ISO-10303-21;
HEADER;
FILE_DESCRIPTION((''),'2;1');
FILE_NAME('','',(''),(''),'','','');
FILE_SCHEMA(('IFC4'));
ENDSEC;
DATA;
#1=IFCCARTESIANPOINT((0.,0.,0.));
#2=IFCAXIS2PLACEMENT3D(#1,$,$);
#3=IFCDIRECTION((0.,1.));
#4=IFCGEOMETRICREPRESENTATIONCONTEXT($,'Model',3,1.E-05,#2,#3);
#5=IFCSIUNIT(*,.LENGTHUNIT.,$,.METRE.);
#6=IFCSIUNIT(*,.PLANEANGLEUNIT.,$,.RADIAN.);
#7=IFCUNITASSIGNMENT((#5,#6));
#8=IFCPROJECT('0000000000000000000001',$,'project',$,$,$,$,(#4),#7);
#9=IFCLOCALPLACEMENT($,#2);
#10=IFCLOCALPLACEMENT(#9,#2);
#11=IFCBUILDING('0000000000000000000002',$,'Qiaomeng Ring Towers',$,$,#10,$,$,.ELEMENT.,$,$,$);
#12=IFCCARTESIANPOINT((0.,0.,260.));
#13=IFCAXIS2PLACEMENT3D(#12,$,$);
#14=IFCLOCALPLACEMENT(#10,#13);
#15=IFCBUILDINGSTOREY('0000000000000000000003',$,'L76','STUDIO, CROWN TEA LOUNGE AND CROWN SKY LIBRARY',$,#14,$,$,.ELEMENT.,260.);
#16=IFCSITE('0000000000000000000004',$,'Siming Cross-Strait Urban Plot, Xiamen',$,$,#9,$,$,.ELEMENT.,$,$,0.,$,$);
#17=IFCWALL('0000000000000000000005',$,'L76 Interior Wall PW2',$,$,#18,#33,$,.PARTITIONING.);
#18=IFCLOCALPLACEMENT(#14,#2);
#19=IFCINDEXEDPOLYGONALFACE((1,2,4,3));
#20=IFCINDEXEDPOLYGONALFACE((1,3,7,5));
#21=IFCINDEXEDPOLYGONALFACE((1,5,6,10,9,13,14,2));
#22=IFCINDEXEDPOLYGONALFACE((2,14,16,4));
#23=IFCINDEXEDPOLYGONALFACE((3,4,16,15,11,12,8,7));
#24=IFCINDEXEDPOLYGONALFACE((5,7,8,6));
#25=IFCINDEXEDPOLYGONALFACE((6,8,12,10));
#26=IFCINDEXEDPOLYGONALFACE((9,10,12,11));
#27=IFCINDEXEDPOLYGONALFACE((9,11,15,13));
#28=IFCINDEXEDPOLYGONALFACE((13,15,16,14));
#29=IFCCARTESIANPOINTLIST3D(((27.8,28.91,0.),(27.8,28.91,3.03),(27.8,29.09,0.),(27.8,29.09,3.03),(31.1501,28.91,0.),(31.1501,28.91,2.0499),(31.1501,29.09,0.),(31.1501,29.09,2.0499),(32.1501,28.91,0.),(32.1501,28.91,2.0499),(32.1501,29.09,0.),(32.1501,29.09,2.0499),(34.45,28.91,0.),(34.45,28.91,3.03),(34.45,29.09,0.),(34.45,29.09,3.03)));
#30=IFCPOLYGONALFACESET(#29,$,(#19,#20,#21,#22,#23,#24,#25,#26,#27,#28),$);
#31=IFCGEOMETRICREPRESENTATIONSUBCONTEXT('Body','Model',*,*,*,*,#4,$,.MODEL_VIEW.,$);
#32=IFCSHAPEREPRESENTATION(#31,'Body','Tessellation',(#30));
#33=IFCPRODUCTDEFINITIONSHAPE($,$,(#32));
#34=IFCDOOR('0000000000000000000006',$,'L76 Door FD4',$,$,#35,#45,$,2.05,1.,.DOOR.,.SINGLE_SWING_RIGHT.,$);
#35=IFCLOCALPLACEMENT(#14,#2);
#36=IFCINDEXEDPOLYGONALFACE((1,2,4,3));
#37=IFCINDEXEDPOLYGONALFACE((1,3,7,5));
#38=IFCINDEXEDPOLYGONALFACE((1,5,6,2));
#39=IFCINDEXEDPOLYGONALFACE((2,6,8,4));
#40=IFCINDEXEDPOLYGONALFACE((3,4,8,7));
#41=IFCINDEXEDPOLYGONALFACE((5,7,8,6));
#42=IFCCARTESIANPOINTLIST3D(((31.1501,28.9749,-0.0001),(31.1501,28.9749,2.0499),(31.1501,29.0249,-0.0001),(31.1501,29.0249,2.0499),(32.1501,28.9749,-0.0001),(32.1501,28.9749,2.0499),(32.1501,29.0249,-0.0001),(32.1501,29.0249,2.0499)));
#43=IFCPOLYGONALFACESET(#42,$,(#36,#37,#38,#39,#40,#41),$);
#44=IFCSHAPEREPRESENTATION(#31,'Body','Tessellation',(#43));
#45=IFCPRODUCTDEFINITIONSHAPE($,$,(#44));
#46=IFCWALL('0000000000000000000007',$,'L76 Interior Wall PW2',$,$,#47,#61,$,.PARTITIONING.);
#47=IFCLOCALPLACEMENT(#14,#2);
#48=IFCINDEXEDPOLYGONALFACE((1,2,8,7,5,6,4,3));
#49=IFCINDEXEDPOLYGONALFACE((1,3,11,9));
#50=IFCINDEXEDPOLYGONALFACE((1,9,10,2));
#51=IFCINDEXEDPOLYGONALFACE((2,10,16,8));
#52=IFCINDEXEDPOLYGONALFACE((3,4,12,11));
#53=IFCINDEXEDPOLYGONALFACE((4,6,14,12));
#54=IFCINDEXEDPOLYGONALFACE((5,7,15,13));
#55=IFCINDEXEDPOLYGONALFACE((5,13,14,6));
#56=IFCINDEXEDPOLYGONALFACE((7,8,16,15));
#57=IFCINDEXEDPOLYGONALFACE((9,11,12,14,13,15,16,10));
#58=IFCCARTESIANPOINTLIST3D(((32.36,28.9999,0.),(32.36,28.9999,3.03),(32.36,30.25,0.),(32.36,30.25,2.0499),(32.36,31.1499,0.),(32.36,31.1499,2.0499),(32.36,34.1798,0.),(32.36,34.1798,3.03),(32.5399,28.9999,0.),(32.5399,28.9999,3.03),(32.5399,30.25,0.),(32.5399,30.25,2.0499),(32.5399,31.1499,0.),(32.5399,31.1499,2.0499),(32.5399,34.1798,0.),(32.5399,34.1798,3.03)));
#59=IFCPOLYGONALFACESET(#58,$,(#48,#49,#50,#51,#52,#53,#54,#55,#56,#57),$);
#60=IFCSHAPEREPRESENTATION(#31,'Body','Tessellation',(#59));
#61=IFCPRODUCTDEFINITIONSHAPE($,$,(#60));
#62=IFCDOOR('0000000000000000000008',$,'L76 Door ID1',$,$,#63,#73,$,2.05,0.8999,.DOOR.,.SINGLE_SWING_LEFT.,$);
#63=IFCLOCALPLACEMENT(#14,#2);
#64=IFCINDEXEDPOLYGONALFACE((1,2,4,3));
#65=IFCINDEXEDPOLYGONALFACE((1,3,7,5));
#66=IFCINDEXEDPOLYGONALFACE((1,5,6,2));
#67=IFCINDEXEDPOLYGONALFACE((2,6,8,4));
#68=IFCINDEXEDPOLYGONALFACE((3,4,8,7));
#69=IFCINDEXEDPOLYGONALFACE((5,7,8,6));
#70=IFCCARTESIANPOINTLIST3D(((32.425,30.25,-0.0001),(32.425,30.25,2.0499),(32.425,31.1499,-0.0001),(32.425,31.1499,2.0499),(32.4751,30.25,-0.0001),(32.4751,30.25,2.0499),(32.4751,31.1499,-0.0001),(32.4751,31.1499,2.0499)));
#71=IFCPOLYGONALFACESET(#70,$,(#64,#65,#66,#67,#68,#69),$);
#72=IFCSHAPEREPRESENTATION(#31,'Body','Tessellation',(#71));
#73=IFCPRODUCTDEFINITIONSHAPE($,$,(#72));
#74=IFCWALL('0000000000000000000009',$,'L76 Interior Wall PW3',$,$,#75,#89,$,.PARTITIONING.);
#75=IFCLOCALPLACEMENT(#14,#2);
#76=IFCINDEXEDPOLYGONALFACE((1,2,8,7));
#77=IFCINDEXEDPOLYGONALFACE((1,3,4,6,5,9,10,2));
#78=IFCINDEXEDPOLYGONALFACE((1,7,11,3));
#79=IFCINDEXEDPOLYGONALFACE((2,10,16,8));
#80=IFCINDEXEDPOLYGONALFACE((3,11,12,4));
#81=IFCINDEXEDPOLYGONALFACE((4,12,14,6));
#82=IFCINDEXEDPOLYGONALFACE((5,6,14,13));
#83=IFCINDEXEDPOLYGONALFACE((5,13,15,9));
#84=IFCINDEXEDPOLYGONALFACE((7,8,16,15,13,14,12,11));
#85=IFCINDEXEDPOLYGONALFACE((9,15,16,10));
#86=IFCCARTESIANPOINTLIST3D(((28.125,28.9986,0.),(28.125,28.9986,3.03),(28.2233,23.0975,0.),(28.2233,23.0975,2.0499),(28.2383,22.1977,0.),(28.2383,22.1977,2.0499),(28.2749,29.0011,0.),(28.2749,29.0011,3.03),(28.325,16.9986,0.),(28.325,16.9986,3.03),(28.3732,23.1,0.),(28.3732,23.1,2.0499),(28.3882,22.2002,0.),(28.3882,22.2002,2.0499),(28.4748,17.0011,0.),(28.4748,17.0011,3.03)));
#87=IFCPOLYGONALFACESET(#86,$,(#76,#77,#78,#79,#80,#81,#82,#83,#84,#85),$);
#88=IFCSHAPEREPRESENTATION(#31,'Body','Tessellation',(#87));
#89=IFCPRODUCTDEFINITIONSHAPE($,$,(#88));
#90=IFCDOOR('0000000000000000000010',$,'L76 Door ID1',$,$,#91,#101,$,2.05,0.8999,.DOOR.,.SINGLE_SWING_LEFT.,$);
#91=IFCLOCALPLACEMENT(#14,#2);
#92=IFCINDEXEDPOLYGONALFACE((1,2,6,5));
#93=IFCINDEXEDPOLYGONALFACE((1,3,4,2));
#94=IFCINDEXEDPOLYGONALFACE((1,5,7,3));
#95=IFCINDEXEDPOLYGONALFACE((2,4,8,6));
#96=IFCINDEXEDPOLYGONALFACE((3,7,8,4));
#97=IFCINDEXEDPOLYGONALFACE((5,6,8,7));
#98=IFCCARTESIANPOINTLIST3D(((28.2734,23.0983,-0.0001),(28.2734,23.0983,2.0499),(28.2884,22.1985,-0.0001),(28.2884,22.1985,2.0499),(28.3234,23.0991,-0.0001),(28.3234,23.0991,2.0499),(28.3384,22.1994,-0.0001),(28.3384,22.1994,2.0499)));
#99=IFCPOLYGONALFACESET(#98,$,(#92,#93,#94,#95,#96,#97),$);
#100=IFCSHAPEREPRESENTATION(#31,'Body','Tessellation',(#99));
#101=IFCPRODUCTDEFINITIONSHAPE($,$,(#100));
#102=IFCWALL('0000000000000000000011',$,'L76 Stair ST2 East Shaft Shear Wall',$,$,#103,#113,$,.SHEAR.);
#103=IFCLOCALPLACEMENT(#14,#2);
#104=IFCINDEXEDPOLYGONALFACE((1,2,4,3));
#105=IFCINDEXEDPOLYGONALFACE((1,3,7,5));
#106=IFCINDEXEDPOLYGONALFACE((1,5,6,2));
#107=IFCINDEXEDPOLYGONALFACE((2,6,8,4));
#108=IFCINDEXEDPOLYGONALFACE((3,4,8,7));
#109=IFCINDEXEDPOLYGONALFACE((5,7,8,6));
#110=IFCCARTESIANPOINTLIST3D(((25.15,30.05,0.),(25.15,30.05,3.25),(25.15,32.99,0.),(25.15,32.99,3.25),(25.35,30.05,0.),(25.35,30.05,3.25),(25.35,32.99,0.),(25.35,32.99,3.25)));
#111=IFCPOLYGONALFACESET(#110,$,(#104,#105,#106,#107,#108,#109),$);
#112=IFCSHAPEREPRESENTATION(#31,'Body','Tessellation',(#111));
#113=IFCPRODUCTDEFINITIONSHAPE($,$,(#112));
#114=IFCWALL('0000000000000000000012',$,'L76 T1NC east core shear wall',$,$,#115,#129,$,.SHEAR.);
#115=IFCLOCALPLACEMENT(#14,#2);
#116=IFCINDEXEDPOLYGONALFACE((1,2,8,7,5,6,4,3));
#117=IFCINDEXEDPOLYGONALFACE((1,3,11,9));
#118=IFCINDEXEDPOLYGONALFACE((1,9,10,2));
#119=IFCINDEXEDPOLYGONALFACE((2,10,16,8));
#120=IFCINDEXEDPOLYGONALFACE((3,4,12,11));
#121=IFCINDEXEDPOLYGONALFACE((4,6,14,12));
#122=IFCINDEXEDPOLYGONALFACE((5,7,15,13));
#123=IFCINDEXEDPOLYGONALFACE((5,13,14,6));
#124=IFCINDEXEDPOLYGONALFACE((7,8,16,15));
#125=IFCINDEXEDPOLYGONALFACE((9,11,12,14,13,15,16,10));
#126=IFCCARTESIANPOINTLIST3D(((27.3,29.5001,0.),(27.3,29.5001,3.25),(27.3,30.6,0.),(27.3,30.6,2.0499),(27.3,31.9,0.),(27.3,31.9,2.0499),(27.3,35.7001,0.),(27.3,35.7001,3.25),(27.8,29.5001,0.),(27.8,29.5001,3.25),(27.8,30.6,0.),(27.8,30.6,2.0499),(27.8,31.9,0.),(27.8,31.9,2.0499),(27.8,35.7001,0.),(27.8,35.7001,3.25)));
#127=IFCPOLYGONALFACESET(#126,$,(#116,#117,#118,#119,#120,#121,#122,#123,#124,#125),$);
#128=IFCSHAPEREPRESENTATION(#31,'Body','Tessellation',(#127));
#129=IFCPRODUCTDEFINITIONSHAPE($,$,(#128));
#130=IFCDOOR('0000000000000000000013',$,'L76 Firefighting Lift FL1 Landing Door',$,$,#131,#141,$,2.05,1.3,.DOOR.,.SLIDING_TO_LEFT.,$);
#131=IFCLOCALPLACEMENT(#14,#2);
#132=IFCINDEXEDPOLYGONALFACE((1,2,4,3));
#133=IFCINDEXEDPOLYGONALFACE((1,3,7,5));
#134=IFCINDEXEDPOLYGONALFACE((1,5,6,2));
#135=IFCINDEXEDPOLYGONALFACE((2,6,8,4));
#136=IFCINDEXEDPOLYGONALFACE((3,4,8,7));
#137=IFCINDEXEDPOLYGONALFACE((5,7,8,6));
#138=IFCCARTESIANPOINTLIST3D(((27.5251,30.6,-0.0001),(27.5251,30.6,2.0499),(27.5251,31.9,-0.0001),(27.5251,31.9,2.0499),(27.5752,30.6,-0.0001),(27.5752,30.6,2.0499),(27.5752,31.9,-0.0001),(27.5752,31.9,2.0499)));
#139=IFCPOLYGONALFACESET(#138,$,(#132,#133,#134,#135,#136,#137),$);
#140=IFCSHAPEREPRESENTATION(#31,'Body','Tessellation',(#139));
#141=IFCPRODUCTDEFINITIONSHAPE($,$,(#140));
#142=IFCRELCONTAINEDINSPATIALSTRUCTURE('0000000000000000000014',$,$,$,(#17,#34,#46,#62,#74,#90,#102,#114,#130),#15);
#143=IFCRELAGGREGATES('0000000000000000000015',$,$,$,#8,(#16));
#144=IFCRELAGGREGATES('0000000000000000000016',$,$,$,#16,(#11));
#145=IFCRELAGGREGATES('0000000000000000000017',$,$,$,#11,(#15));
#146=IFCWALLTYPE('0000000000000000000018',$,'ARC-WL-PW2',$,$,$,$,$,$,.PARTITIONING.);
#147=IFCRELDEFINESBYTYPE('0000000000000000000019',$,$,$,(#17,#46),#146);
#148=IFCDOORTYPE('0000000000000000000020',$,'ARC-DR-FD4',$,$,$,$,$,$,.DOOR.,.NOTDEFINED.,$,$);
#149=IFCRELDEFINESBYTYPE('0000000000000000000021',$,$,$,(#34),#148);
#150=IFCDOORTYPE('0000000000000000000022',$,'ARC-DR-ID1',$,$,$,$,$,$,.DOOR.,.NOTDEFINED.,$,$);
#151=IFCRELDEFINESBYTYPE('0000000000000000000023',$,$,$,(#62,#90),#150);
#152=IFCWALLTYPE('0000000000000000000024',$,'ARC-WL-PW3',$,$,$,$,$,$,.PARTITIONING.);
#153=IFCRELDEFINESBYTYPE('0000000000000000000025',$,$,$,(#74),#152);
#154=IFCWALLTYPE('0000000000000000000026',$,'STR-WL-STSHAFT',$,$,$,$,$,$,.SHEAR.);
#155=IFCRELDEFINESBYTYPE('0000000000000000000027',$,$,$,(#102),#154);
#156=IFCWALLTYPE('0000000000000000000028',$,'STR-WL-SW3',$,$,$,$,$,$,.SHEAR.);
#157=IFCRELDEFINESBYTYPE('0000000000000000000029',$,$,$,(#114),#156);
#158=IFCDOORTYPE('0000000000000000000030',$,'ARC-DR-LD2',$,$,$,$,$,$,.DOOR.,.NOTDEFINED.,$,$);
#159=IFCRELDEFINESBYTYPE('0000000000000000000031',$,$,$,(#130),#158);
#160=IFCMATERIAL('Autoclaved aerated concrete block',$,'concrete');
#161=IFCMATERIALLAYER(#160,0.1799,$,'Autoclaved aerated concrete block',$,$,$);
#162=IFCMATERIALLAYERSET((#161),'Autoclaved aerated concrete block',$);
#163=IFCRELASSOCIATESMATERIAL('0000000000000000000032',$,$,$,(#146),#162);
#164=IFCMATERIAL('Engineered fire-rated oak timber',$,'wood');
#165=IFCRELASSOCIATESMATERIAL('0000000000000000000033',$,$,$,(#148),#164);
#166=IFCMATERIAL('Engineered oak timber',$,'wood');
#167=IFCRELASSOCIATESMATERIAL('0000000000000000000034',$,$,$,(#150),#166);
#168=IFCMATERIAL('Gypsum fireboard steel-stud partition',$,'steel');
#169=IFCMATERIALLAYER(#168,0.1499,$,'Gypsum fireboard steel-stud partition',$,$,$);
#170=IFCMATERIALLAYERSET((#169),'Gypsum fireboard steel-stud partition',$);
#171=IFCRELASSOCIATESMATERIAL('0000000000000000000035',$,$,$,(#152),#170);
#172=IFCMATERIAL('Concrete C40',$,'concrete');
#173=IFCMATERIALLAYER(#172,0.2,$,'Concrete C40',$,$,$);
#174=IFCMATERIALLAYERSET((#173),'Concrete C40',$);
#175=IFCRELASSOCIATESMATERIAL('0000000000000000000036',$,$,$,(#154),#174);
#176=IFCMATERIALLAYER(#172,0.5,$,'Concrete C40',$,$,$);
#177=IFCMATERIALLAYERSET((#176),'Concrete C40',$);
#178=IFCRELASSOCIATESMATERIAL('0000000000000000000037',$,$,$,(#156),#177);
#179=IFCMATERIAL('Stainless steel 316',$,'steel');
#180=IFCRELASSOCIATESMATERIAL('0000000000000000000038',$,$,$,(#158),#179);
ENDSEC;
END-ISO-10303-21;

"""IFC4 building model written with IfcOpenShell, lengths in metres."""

from ifc_helpers import new_model, si_unit, direction, frame, frame_2d, origin, place, context, subcontext, project, spatial, rectangle, extrude, source, transform, mapped, material, layer, layer_set, type_object, element, fill, save


model = new_model("IFC4")

# Units and contexts
model_context = context("Model", 3, precision=1e-05, world=origin(), true_north=direction((0.0, 1.0)))
body_context = subcontext(model_context, "Body", "Model", "MODEL_VIEW")
ifc_project = project(units=[si_unit("LENGTHUNIT", "METRE"), si_unit("PLANEANGLEUNIT", "RADIAN")], contexts=[model_context])

# Site, building, storey
site_placement = place(None, origin())
site = spatial("IfcSite", under=ifc_project, at=site_placement, Name="Siming Cross-Strait Urban Plot, Xiamen", CompositionType="ELEMENT", RefElevation=0.0)
building_placement = place(site_placement, origin())
building = spatial("IfcBuilding", under=site, at=building_placement, Name="Qiaomeng Ring Towers", CompositionType="ELEMENT")
storey_placement = place(building_placement, frame((0.0, 0.0, 260.0)))
storey = spatial("IfcBuildingStorey", under=building, at=storey_placement, Name="L76", Description="STUDIO, CROWN TEA LOUNGE AND CROWN SKY LIBRARY", CompositionType="ELEMENT", Elevation=260.0)

# Shared definitions
ifc_material_1 = material(Name="Concrete C40", Category="concrete")

# Shared definitions
ifc_material_2 = material(Name="Stainless steel 316", Category="steel")

# Shared definitions
ifc_material_3 = material(Name="Autoclaved aerated concrete block", Category="concrete")

# Walls, openings, doors
ifc_layer_1 = layer(ifc_material_3, 0.1799, Name="Autoclaved aerated concrete block")
ifc_layer_set_1 = layer_set([ifc_layer_1], Name="Autoclaved aerated concrete block")
wall_type_1 = type_object("IfcWallType", Name="ARC-WL-PW2", PredefinedType="PARTITIONING", material=ifc_layer_set_1)
wall_1_placement = place(storey_placement, frame((27.8, 29.0, 0.0), z_axis=(0.0, 0.0, 1.0), x_axis=(1.0, 0.0, 0.0)))
wall_1 = element("IfcWall", 1, at=wall_1_placement, inside=storey, type_object=wall_type_1, Name="L76 Interior Wall PW2", PredefinedType="PARTITIONING", context=body_context, shape_type="SweptSolid", body=[
    extrude(rectangle(XDim=6.6499, YDim=0.1799, at=frame_2d((3.325, 0.0))), origin(), (0.0, 0.0, 1.0), 3.03),
])
opening_1_placement = place(wall_1_placement, frame((3.3501, 0.0, 0.0)))
opening_1 = element("IfcOpeningElement", 2, at=opening_1_placement, cuts=wall_1, PredefinedType="OPENING", context=body_context, shape_type="SweptSolid", body=[
    extrude(rectangle(XDim=1.0, YDim=2.05, at=frame_2d((0.5, 1.0249))), frame((0.0, 0.0999, 0.0), z_axis=(0.0, -1.0, 0.0), x_axis=(1.0, 0.0, 0.0)), (0.0, 0.0, 1.0), 0.2),
])
ifc_material_4 = material(Name="Engineered fire-rated oak timber", Category="wood")
door_type_1 = type_object("IfcDoorType", Name="ARC-DR-FD4", OperationType="NOTDEFINED", PredefinedType="DOOR", material=ifc_material_4)
shared_shape_1 = source(origin(), body_context, "Body", "SweptSolid", [
    extrude(rectangle(XDim=1.0, YDim=2.05, at=frame_2d((0.5, 1.0249))), frame((0.0, 0.0249, 0.0), z_axis=(0.0, -1.0, 0.0), x_axis=(1.0, 0.0, 0.0)), (0.0, 0.0, 1.0), 0.05),
])
door_1_placement = place(opening_1_placement, origin())
door_1 = element("IfcDoor", 3, at=door_1_placement, inside=storey, type_object=door_type_1, Name="L76 Door FD4", OperationType="SINGLE_SWING_RIGHT", OverallHeight=2.05, OverallWidth=1.0, PredefinedType="DOOR", context=body_context, shape_type="MappedRepresentation", body=[
    mapped(shared_shape_1, transform((0.0, 0.0, 0.0), x_axis=(1.0, 0.0, 0.0), y_axis=(0.0, 1.0, 0.0), z_axis=(0.0, 0.0, 1.0), scale=1.0)),
])
fill(opening_1, door_1)
wall_2_placement = place(storey_placement, frame((32.45, 29.0, 0.0), z_axis=(0.0, 0.0, 1.0), x_axis=(0.0, 1.0, 0.0)))
wall_2 = element("IfcWall", 4, at=wall_2_placement, inside=storey, type_object=wall_type_1, Name="L76 Interior Wall PW2", PredefinedType="PARTITIONING", context=body_context, shape_type="SweptSolid", body=[
    extrude(rectangle(XDim=5.1799, YDim=0.1799, at=frame_2d((2.5898, 0.0))), origin(), (0.0, 0.0, 1.0), 3.03),
])
opening_2_placement = place(wall_2_placement, frame((1.25, 0.0, 0.0)))
opening_2 = element("IfcOpeningElement", 5, at=opening_2_placement, cuts=wall_2, PredefinedType="OPENING", context=body_context, shape_type="SweptSolid", body=[
    extrude(rectangle(XDim=0.8999, YDim=2.05, at=frame_2d((0.45, 1.0249))), frame((0.0, 0.0999, 0.0), z_axis=(0.0, -1.0, 0.0), x_axis=(1.0, 0.0, 0.0)), (0.0, 0.0, 1.0), 0.2),
])
ifc_material_5 = material(Name="Engineered oak timber", Category="wood")
door_type_2 = type_object("IfcDoorType", Name="ARC-DR-ID1", OperationType="NOTDEFINED", PredefinedType="DOOR", material=ifc_material_5)
shared_shape_2 = source(origin(), body_context, "Body", "SweptSolid", [
    extrude(rectangle(XDim=0.8999, YDim=2.05, at=frame_2d((0.45, 1.0249))), frame((0.0, 0.0249, 0.0), z_axis=(0.0, -1.0, 0.0), x_axis=(1.0, 0.0, 0.0)), (0.0, 0.0, 1.0), 0.05),
])
door_2_placement = place(opening_2_placement, origin())
door_2 = element("IfcDoor", 6, at=door_2_placement, inside=storey, type_object=door_type_2, Name="L76 Door ID1", OperationType="SINGLE_SWING_LEFT", OverallHeight=2.05, OverallWidth=0.8999, PredefinedType="DOOR", context=body_context, shape_type="MappedRepresentation", body=[
    mapped(shared_shape_2, transform((0.0, 0.0, 0.0), x_axis=(1.0, 0.0, 0.0), y_axis=(0.0, 1.0, 0.0), z_axis=(0.0, 0.0, 1.0), scale=1.0)),
])
fill(opening_2, door_2)
ifc_material_6 = material(Name="Gypsum fireboard steel-stud partition", Category="steel")
ifc_layer_2 = layer(ifc_material_6, 0.1499, Name="Gypsum fireboard steel-stud partition")
ifc_layer_set_2 = layer_set([ifc_layer_2], Name="Gypsum fireboard steel-stud partition")
wall_type_2 = type_object("IfcWallType", Name="ARC-WL-PW3", PredefinedType="PARTITIONING", material=ifc_layer_set_2)
wall_3_placement = place(storey_placement, frame((28.2, 29.0, 0.0), z_axis=(0.0, 0.0, 1.0), x_axis=(0.01666, -0.999861, 0.0)))
wall_3 = element("IfcWall", 7, at=wall_3_placement, inside=storey, type_object=wall_type_2, Name="L76 Interior Wall PW3", PredefinedType="PARTITIONING", context=body_context, shape_type="SweptSolid", body=[
    extrude(rectangle(XDim=12.0017, YDim=0.1499, at=frame_2d((6.001, 0.0))), origin(), (0.0, 0.0, 1.0), 3.03),
])
opening_3_placement = place(wall_3_placement, frame((5.9021, 0.0, 0.0)))
opening_3 = element("IfcOpeningElement", 8, at=opening_3_placement, cuts=wall_3, PredefinedType="OPENING", context=body_context, shape_type="SweptSolid", body=[
    extrude(rectangle(XDim=0.8999, YDim=2.05, at=frame_2d((0.45, 1.0249))), frame((0.0, 0.085, 0.0), z_axis=(0.0, -1.0, 0.0), x_axis=(1.0, 0.0, 0.0)), (0.0, 0.0, 1.0), 0.1699),
])
door_3_placement = place(opening_3_placement, frame((0.8999, 0.0, 0.0), z_axis=(0.0, 0.0, 1.0), x_axis=(-1.0, 0.0, 0.0)))
door_3 = element("IfcDoor", 9, at=door_3_placement, inside=storey, type_object=door_type_2, Name="L76 Door ID1", OperationType="SINGLE_SWING_LEFT", OverallHeight=2.05, OverallWidth=0.8999, PredefinedType="DOOR", context=body_context, shape_type="MappedRepresentation", body=[
    mapped(shared_shape_2, transform((0.0, 0.0, 0.0), x_axis=(1.0, 0.0, 0.0), y_axis=(0.0, 1.0, 0.0), z_axis=(0.0, 0.0, 1.0), scale=1.0)),
])
fill(opening_3, door_3)

# Wall
ifc_layer_3 = layer(ifc_material_1, 0.2, Name="Concrete C40")
ifc_layer_set_3 = layer_set([ifc_layer_3], Name="Concrete C40")
wall_type_3 = type_object("IfcWallType", Name="STR-WL-STSHAFT", PredefinedType="SHEAR", material=ifc_layer_set_3)
wall_4_placement = place(storey_placement, frame((25.25, 30.05, 0.0), z_axis=(0.0, 0.0, 1.0), x_axis=(0.0, 1.0, 0.0)))
element("IfcWall", 10, at=wall_4_placement, inside=storey, type_object=wall_type_3, Name="L76 Stair ST2 East Shaft Shear Wall", PredefinedType="SHEAR", context=body_context, shape_type="SweptSolid", body=[
    extrude(rectangle(XDim=2.9399, YDim=0.2, at=frame_2d((1.47, 0.0))), origin(), (0.0, 0.0, 1.0), 3.25),
])

# Wall, opening, door
ifc_layer_4 = layer(ifc_material_1, 0.5, Name="Concrete C40")
ifc_layer_set_4 = layer_set([ifc_layer_4], Name="Concrete C40")
wall_type_4 = type_object("IfcWallType", Name="STR-WL-SW3", PredefinedType="SHEAR", material=ifc_layer_set_4)
wall_5_placement = place(storey_placement, frame((27.55, 29.5, 0.0), z_axis=(0.0, 0.0, 1.0), x_axis=(0.0, 1.0, 0.0)))
wall_5 = element("IfcWall", 11, at=wall_5_placement, inside=storey, type_object=wall_type_4, Name="L76 T1NC east core shear wall", PredefinedType="SHEAR", context=body_context, shape_type="SweptSolid", body=[
    extrude(rectangle(XDim=6.2, YDim=0.5, at=frame_2d((3.1001, 0.0))), origin(), (0.0, 0.0, 1.0), 3.25),
])
opening_4_placement = place(wall_5_placement, frame((1.1001, 0.0, 0.0)))
opening_4 = element("IfcOpeningElement", 12, at=opening_4_placement, cuts=wall_5, PredefinedType="OPENING", context=body_context, shape_type="SweptSolid", body=[
    extrude(rectangle(XDim=1.3, YDim=2.05, at=frame_2d((0.6499, 1.0249))), frame((0.0, 0.26, 0.0), z_axis=(0.0, -1.0, 0.0), x_axis=(1.0, 0.0, 0.0)), (0.0, 0.0, 1.0), 0.52),
])
door_type_3 = type_object("IfcDoorType", Name="ARC-DR-LD2", OperationType="NOTDEFINED", PredefinedType="DOOR", material=ifc_material_2)
shared_shape_3 = source(origin(), body_context, "Body", "SweptSolid", [
    extrude(rectangle(XDim=1.3, YDim=2.05, at=frame_2d((0.6499, 1.0249))), frame((0.0, 0.0249, 0.0), z_axis=(0.0, -1.0, 0.0), x_axis=(1.0, 0.0, 0.0)), (0.0, 0.0, 1.0), 0.05),
])
door_4_placement = place(opening_4_placement, origin())
door_4 = element("IfcDoor", 13, at=door_4_placement, inside=storey, type_object=door_type_3, Name="L76 Firefighting Lift FL1 Landing Door", OperationType="SLIDING_TO_LEFT", OverallHeight=2.05, OverallWidth=1.3, PredefinedType="DOOR", context=body_context, shape_type="MappedRepresentation", body=[
    mapped(shared_shape_3, transform((0.0, 0.0, 0.0), x_axis=(1.0, 0.0, 0.0), y_axis=(0.0, 1.0, 0.0), z_axis=(0.0, 0.0, 1.0), scale=1.0)),
])
fill(opening_4, door_4)

save(model, "model.ifc")
